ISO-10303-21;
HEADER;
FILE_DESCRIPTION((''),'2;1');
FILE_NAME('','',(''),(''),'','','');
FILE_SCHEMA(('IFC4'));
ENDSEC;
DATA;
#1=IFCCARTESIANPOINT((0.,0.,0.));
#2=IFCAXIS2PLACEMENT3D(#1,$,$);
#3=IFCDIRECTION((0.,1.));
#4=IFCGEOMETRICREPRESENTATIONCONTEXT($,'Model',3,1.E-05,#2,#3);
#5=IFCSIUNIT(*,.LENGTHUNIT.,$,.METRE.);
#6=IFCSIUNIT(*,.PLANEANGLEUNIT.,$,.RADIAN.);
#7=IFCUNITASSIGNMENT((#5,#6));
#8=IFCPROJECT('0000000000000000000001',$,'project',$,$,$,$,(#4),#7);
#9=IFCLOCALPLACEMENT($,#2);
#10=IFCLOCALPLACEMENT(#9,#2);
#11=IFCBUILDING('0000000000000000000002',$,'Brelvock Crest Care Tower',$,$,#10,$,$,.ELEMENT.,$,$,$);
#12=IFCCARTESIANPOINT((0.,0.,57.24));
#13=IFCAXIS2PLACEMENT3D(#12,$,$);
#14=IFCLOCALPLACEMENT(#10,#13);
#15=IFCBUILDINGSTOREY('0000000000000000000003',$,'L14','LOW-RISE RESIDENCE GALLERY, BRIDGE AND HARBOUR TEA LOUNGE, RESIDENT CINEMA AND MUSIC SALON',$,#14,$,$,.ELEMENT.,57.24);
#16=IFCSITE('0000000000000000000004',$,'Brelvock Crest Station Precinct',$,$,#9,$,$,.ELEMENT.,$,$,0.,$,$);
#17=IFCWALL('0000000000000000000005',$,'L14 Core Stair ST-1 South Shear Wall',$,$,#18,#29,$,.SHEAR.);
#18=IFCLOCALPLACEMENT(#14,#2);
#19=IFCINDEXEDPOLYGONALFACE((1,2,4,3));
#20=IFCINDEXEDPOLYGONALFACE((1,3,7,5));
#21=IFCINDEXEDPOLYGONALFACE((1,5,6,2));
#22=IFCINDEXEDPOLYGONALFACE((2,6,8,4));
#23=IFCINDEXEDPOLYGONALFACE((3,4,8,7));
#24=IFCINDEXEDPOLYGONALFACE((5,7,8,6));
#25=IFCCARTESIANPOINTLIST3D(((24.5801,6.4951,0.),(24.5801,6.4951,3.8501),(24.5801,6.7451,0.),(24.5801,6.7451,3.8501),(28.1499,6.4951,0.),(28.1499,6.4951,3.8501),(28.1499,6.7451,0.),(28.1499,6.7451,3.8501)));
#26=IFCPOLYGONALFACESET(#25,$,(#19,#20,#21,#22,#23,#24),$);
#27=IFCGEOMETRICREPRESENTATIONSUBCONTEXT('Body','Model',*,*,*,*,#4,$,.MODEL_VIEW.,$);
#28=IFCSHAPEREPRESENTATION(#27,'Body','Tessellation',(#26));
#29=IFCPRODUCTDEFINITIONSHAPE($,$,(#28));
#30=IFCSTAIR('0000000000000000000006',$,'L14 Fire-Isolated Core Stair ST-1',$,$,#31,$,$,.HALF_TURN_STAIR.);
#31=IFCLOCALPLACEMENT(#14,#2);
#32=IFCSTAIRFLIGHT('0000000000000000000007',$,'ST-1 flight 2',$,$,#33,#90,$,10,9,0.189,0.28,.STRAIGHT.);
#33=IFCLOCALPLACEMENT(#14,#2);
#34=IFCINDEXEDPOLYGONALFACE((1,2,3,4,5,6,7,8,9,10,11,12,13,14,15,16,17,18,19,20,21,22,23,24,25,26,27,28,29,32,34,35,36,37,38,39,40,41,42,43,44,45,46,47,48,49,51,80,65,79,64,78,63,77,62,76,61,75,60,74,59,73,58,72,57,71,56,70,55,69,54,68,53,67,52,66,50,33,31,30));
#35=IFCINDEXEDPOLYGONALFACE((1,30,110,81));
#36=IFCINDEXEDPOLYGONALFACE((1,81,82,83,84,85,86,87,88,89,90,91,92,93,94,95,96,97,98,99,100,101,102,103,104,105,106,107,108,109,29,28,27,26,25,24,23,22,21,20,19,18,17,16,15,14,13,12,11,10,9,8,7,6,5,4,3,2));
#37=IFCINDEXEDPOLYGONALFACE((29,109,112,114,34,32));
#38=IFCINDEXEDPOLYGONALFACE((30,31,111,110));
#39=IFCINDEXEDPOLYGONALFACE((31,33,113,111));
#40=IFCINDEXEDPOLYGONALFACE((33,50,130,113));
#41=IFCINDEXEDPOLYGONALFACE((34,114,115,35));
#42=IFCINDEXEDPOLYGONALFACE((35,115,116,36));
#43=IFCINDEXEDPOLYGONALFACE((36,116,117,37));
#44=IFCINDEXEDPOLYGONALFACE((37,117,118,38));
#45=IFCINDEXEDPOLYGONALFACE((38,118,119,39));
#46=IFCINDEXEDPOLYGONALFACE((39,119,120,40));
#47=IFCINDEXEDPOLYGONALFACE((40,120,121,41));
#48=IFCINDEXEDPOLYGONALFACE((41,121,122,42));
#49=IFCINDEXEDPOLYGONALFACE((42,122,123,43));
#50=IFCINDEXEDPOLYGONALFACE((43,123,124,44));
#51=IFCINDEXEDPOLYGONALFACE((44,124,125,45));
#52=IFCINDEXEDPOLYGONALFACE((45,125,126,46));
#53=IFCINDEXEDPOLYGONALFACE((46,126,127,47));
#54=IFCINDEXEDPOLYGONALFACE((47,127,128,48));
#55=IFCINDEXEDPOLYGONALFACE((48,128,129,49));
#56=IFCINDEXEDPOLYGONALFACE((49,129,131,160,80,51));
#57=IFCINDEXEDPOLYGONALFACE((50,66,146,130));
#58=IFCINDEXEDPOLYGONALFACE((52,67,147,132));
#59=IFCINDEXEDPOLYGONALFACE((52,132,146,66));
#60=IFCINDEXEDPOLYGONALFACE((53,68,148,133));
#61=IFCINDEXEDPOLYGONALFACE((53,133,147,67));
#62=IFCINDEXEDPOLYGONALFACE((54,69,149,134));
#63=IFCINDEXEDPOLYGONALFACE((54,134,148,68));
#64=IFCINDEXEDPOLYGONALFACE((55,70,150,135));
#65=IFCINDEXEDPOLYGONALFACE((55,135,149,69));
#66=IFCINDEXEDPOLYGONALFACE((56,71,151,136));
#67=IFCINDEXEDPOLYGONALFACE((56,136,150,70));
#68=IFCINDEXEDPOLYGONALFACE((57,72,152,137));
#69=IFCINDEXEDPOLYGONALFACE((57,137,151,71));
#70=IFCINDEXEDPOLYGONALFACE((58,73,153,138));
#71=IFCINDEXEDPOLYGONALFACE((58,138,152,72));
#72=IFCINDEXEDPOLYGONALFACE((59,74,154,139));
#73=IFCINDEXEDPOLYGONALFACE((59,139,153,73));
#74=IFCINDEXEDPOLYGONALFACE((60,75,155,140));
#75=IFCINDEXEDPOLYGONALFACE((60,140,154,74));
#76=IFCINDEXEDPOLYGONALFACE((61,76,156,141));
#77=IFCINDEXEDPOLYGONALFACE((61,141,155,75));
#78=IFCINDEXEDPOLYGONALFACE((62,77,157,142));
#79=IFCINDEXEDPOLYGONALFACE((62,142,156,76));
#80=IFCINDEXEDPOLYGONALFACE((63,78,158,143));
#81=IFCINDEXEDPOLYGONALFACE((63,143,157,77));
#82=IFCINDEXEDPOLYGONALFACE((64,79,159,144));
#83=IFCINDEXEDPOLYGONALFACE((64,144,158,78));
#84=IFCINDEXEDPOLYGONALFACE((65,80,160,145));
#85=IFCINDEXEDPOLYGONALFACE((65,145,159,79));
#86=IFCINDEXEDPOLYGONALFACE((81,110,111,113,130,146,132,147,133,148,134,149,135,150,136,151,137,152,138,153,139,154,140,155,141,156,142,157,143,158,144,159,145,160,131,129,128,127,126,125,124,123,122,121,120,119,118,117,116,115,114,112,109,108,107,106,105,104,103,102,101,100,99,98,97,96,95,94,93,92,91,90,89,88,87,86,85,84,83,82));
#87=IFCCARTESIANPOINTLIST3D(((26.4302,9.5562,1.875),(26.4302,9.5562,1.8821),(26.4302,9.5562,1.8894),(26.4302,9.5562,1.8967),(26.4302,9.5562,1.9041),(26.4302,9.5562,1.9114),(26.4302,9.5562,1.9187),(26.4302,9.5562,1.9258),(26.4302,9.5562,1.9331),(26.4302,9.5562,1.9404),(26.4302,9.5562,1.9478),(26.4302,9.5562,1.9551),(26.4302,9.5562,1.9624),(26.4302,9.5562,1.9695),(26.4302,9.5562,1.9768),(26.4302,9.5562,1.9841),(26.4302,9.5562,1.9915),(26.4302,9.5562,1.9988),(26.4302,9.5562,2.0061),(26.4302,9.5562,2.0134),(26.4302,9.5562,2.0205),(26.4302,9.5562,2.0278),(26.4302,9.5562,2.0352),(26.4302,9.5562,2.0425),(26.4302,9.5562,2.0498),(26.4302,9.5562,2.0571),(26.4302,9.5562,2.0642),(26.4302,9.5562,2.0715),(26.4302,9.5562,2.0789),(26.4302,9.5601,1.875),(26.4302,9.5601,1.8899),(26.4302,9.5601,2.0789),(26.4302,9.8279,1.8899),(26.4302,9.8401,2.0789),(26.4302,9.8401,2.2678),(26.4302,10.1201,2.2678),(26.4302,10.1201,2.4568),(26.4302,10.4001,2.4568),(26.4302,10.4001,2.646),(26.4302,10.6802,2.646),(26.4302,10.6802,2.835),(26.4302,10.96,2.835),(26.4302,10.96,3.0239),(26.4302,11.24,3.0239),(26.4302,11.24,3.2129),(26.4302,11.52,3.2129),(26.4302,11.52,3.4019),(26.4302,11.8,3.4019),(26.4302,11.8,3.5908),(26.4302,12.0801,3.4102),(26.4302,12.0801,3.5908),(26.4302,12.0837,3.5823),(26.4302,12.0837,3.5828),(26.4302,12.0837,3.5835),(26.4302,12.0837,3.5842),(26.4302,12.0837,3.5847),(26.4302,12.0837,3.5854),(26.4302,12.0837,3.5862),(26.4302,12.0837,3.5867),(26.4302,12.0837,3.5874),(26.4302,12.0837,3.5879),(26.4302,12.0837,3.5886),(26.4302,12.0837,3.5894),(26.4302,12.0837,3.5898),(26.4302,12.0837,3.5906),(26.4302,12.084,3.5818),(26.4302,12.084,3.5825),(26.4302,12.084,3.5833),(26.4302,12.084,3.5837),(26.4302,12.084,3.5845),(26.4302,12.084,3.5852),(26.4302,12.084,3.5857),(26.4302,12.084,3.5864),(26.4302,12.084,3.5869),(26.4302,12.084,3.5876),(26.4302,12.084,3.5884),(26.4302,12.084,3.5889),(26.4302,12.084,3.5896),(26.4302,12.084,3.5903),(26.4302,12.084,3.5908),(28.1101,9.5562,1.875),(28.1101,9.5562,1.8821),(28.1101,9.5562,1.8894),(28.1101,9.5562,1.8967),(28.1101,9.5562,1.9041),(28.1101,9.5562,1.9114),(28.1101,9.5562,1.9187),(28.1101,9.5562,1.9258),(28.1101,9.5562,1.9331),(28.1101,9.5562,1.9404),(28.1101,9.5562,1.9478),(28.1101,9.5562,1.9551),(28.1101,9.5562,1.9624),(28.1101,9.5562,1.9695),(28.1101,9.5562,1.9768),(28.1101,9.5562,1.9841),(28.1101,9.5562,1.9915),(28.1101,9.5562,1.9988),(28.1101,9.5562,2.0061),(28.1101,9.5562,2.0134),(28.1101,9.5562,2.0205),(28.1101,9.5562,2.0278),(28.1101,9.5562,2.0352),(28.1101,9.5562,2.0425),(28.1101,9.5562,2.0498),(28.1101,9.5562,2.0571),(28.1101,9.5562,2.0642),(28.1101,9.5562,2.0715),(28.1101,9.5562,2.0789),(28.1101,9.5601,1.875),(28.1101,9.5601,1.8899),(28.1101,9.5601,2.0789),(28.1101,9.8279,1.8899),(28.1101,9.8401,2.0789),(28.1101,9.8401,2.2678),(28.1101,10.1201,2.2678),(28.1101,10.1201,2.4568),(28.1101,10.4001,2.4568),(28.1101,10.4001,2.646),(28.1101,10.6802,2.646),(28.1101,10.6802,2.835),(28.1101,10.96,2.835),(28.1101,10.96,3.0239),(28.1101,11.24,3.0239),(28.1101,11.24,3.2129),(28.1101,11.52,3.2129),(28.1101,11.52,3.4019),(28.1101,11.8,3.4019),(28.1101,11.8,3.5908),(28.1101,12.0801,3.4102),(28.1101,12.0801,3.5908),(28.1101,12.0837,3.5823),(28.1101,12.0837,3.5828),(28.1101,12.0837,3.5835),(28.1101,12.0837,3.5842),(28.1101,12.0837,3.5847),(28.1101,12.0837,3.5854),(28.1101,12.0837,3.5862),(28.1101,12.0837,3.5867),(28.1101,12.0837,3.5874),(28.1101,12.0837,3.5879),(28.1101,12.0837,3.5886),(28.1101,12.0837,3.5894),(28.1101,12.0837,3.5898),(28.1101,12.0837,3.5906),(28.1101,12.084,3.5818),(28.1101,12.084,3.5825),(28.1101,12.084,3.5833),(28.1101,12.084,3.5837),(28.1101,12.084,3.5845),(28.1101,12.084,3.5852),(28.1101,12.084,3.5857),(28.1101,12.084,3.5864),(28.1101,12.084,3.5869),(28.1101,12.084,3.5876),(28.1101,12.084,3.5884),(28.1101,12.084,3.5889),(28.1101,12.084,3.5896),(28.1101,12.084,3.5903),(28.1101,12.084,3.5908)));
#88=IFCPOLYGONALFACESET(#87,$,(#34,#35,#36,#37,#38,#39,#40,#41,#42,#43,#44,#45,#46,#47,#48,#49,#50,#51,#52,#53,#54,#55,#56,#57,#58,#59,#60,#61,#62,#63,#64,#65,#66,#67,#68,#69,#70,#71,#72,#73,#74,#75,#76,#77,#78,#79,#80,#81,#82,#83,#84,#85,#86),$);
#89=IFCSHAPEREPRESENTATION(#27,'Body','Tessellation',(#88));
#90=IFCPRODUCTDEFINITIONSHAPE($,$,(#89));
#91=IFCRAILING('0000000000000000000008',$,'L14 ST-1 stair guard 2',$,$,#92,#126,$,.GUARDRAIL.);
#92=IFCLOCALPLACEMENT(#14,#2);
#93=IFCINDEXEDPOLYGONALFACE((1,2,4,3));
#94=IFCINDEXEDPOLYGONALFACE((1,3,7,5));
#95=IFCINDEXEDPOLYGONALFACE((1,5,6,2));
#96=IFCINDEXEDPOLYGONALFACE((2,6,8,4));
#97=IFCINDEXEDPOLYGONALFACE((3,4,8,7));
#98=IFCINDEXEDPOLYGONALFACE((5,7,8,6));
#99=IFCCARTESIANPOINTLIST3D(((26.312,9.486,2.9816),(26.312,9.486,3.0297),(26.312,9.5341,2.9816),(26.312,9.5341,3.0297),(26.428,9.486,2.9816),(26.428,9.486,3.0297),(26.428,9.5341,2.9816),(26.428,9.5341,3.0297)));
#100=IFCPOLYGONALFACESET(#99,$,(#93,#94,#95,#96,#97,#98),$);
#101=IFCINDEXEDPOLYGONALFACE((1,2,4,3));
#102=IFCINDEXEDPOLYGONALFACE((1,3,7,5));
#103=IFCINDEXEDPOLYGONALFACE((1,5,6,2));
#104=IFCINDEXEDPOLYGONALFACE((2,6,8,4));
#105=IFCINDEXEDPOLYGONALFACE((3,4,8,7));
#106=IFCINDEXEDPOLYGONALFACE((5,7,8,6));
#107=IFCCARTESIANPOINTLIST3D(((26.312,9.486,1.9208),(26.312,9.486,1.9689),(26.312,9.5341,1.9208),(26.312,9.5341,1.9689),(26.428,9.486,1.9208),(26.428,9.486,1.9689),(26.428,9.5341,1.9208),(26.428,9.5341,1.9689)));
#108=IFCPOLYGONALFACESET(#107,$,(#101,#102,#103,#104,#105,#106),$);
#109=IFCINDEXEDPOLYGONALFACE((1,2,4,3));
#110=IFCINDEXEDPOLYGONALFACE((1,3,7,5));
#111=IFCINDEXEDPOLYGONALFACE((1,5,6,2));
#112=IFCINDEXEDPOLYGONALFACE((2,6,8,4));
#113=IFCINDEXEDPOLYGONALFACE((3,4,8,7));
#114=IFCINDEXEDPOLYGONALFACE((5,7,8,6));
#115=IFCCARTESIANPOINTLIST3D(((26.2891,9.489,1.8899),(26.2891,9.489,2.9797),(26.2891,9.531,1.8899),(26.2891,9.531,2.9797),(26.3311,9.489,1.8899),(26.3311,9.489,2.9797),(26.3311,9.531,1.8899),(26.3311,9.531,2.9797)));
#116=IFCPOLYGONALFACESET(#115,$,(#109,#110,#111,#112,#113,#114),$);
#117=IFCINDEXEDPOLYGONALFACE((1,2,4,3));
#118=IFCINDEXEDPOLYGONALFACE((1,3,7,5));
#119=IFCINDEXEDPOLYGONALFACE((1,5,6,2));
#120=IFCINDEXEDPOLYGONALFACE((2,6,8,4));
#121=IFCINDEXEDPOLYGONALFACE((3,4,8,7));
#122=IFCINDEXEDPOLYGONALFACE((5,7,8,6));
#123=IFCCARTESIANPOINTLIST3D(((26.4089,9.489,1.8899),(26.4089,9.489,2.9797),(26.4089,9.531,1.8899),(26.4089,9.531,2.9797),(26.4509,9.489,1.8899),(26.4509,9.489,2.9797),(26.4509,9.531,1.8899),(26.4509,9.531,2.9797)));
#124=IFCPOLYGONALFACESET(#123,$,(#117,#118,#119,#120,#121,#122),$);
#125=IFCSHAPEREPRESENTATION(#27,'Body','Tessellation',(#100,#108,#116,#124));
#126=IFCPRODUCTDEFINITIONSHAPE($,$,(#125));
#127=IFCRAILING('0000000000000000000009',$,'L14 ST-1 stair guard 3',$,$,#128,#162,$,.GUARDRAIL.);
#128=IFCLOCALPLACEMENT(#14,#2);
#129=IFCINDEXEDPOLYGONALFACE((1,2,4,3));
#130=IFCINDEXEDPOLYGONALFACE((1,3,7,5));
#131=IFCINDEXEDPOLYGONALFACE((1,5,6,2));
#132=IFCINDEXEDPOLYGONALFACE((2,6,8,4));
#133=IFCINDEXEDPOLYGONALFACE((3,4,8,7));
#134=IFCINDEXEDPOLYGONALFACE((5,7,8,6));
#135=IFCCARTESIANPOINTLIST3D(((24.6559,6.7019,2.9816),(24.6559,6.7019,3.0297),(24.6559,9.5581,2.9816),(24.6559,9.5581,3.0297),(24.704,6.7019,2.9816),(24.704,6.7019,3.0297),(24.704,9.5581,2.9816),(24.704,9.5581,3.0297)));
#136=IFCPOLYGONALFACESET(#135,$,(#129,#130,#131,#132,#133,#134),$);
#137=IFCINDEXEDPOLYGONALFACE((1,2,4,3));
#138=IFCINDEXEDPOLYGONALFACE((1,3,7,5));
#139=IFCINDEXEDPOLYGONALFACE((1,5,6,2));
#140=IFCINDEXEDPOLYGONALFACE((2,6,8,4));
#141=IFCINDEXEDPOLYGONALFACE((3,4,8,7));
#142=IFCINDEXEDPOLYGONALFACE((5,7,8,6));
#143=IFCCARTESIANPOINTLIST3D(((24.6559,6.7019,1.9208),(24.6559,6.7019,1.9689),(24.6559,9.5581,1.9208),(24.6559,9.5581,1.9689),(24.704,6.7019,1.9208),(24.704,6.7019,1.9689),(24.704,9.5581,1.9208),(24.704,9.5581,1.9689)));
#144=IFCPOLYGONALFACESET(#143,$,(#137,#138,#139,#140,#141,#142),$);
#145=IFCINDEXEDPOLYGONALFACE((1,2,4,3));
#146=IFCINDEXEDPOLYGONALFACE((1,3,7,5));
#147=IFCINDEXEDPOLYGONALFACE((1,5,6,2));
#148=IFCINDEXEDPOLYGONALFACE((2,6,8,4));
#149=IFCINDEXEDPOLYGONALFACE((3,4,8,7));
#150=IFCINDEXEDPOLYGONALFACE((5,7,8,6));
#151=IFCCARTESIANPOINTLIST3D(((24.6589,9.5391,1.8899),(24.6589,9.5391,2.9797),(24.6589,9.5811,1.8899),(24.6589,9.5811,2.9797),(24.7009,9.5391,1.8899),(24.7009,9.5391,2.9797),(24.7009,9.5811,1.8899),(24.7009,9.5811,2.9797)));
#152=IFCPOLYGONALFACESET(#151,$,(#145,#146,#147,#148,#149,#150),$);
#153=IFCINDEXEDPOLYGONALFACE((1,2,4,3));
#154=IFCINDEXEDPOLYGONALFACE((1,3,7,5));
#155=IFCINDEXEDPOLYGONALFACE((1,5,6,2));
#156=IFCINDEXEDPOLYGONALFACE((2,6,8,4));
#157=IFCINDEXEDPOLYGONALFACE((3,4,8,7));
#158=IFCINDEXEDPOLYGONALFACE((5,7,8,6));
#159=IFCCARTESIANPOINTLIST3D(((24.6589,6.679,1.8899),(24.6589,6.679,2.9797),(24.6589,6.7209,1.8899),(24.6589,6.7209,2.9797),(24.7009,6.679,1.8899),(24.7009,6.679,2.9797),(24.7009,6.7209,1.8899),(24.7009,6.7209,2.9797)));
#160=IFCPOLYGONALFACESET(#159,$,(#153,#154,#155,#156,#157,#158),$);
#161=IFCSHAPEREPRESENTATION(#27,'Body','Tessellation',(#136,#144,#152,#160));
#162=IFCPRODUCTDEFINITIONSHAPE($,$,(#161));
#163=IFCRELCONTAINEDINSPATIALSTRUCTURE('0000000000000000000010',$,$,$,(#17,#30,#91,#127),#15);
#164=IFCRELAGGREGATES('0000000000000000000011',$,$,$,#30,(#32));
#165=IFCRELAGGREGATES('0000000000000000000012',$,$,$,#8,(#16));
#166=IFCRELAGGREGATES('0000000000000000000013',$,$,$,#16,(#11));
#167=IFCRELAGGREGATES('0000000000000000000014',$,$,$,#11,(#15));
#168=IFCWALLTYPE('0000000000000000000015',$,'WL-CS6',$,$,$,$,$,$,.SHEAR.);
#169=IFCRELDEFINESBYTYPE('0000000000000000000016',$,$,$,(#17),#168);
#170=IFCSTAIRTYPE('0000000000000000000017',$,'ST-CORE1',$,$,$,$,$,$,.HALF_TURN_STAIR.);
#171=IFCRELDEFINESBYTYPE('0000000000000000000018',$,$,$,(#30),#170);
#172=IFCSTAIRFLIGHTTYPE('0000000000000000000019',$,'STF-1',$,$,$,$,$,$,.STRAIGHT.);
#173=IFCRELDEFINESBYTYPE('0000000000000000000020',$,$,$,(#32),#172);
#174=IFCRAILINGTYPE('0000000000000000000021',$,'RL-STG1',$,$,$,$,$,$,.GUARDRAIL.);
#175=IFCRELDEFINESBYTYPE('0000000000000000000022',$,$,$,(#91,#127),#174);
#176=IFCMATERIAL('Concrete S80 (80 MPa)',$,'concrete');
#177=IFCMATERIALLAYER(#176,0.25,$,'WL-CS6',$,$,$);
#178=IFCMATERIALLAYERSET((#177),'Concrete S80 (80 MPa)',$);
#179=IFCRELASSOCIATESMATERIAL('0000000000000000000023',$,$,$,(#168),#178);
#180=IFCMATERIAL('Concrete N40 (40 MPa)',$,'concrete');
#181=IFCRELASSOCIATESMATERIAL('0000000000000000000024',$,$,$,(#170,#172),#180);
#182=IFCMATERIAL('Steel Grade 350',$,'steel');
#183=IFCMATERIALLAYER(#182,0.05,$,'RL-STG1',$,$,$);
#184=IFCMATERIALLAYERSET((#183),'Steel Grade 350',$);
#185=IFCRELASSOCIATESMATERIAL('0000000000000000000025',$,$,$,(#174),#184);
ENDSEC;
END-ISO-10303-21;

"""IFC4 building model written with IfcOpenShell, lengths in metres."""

from ifc_helpers import new_model, si_unit, direction, frame, frame_2d, origin, origin_2d, place, context, subcontext, project, spatial, polyline, rectangle, outline, extrude, material, layer, layer_set, type_object, element, aggregate, save


model = new_model("IFC4")

# Units and contexts
model_context = context("Model", 3, precision=1e-05, world=origin(), true_north=direction((0.0, 1.0)))
body_context = subcontext(model_context, "Body", "Model", "MODEL_VIEW")
ifc_project = project(units=[si_unit("LENGTHUNIT", "METRE"), si_unit("PLANEANGLEUNIT", "RADIAN")], contexts=[model_context])

# Site, building, storey
site_placement = place(None, origin())
site = spatial("IfcSite", under=ifc_project, at=site_placement, Name="Brelvock Crest Station Precinct", CompositionType="ELEMENT", RefElevation=0.0)
building_placement = place(site_placement, origin())
building = spatial("IfcBuilding", under=site, at=building_placement, Name="Brelvock Crest Care Tower", CompositionType="ELEMENT")
storey_placement = place(building_placement, frame((0.0, 0.0, 57.24)))
storey = spatial("IfcBuildingStorey", under=building, at=storey_placement, Name="L14", Description="LOW-RISE RESIDENCE GALLERY, BRIDGE AND HARBOUR TEA LOUNGE, RESIDENT CINEMA AND MUSIC SALON", CompositionType="ELEMENT", Elevation=57.24)

# Shared definitions
ifc_material_1 = material(Name="Concrete S80 (80 MPa)", Category="concrete")

# Shared definitions
ifc_material_2 = material(Name="Steel Grade 350", Category="steel")

# Wall
ifc_layer_1 = layer(ifc_material_1, 0.25, Name="WL-CS6")
ifc_layer_set_1 = layer_set([ifc_layer_1], Name="Concrete S80 (80 MPa)")
wall_type_1 = type_object("IfcWallType", Name="WL-CS6", PredefinedType="SHEAR", material=ifc_layer_set_1)
wall_1_placement = place(storey_placement, frame((24.5801, 6.6201, 0.0), z_axis=(0.0, 0.0, 1.0), x_axis=(1.0, 0.0, 0.0)))
element("IfcWall", 1, at=wall_1_placement, inside=storey, type_object=wall_type_1, Name="L14 Core Stair ST-1 South Shear Wall", PredefinedType="SHEAR", context=body_context, shape_type="SweptSolid", body=[
    extrude(rectangle(XDim=3.5698, YDim=0.25, at=frame_2d((1.7849, 0.0))), origin(), (0.0, 0.0, 1.0), 3.8501),
])

# Stair, stair flight
ifc_material_3 = material(Name="Concrete N40 (40 MPa)", Category="concrete")
stair_type = type_object("IfcStairType", Name="ST-CORE1", PredefinedType="HALF_TURN_STAIR", material=ifc_material_3)
stair_placement = place(storey_placement, origin())
stair = element("IfcStair", 2, at=stair_placement, inside=storey, type_object=stair_type, Name="L14 Fire-Isolated Core Stair ST-1", PredefinedType="HALF_TURN_STAIR")
stair_flight_type = type_object("IfcStairFlightType", Name="STF-1", PredefinedType="STRAIGHT", material=ifc_material_3)
stair_flight_placement = place(storey_placement, frame((27.27, 9.5601, 1.8899), z_axis=(0.0, 0.0, 1.0), x_axis=(0.0, 1.0, 0.0)))
stair_flight = element("IfcStairFlight", 3, at=stair_flight_placement, type_object=stair_flight_type, Name="ST-1 flight 2", NumberOfRisers=10, NumberOfTreads=9, PredefinedType="STRAIGHT", RiserHeight=0.189, TreadLength=0.28, context=body_context, shape_type="SweptSolid", body=[
    extrude(outline(polyline([(-0.0039, -0.0149), (-0.0039, -0.0078), (-0.0039, -0.0005), (-0.0039, 0.0068), (-0.0039, 0.0142), (-0.0039, 0.0215), (-0.0039, 0.0288), (-0.0039, 0.0359), (-0.0039, 0.0432), (-0.0039, 0.0505), (-0.0039, 0.0579), (-0.0039, 0.0652), (-0.0039, 0.0725), (-0.0039, 0.0796), (-0.0039, 0.0869), (-0.0039, 0.0942), (-0.0039, 0.1016), (-0.0039, 0.1089), (-0.0039, 0.1162), (-0.0039, 0.1235), (-0.0039, 0.1306), (-0.0039, 0.1379), (-0.0039, 0.1453), (-0.0039, 0.1526), (-0.0039, 0.1599), (-0.0039, 0.1672), (-0.0039, 0.1743), (-0.0039, 0.1816), (-0.0039, 0.189), (0.0, 0.189), (0.28, 0.189), (0.28, 0.3779), (0.5601, 0.3779), (0.5601, 0.5669), (0.8401, 0.5669), (0.8401, 0.7561), (1.1201, 0.7561), (1.1201, 0.9451), (1.3999, 0.9451), (1.3999, 1.134), (1.6799, 1.134), (1.6799, 1.323), (1.96, 1.323), (1.96, 1.512), (2.24, 1.512), (2.24, 1.7009), (2.52, 1.7009), (2.5239, 1.7009), (2.5237, 1.7007), (2.5239, 1.7004), (2.5237, 1.7), (2.5239, 1.6997), (2.5237, 1.6995), (2.5239, 1.699), (2.5237, 1.6987), (2.5239, 1.6985), (2.5237, 1.698), (2.5239, 1.6978), (2.5237, 1.6975), (2.5239, 1.697), (2.5237, 1.6968), (2.5239, 1.6965), (2.5237, 1.6963), (2.5239, 1.6958), (2.5237, 1.6956), (2.5239, 1.6953), (2.5237, 1.6948), (2.5239, 1.6946), (2.5237, 1.6943), (2.5239, 1.6938), (2.5237, 1.6936), (2.5239, 1.6934), (2.5237, 1.6929), (2.5239, 1.6926), (2.5237, 1.6924), (2.5239, 1.6919), (2.52, 1.5203), (0.2678, 0.0), (0.0, 0.0), (0.0, -0.0149), (-0.0039, -0.0149)])), frame((0.0, 0.8398, 0.0), z_axis=(0.0, -1.0, 0.0), x_axis=(1.0, 0.0, 0.0)), (0.0, 0.0, 1.0), 1.6799),
])
aggregate(stair, [stair_flight])

# Railings
ifc_layer_2 = layer(ifc_material_2, 0.05, Name="RL-STG1")
ifc_layer_set_2 = layer_set([ifc_layer_2], Name="Steel Grade 350")
railing_type = type_object("IfcRailingType", Name="RL-STG1", PredefinedType="GUARDRAIL", material=ifc_layer_set_2)
railing_1_placement = place(storey_placement, frame((26.3101, 9.51, 1.8899)))
element("IfcRailing", 4, at=railing_1_placement, inside=storey, type_object=railing_type, Name="L14 ST-1 stair guard 2", PredefinedType="GUARDRAIL", context=body_context, shape_type="SweptSolid", body=[
    extrude(rectangle(XDim=0.0481, YDim=0.0481, at=origin_2d()), frame((0.002, 0.0, 1.1157), z_axis=(1.0, 0.0, 0.0), x_axis=(0.0, 1.0, 0.0)), (0.0, 0.0, 1.0), 0.116),
    extrude(rectangle(XDim=0.0481, YDim=0.0481, at=origin_2d()), frame((0.002, 0.0, 0.0549), z_axis=(1.0, 0.0, 0.0), x_axis=(0.0, 1.0, 0.0)), (0.0, 0.0, 1.0), 0.116),
    extrude(rectangle(XDim=0.042, YDim=0.042, at=origin_2d()), origin(), (0.0, 0.0, 1.0), 1.0898),
    extrude(rectangle(XDim=0.042, YDim=0.042, at=origin_2d()), frame((0.1199, 0.0, 0.0)), (0.0, 0.0, 1.0), 1.0898),
])
for number, where, name in (
    (5, (24.6799, 9.5601, 1.8899), "L14 ST-1 stair guard 3"),
):
    element("IfcRailing", number, at=place(storey_placement, frame(where)), inside=storey, type_object=railing_type, Name=name, PredefinedType="GUARDRAIL", context=body_context, shape_type="SweptSolid", body=[
        extrude(rectangle(XDim=0.0481, YDim=0.0481, at=origin_2d()), frame((0.0, -0.002, 1.1157), z_axis=(0.0, -1.0, 0.0), x_axis=(1.0, 0.0, 0.0)), (0.0, 0.0, 1.0), 2.8562),
        extrude(rectangle(XDim=0.0481, YDim=0.0481, at=origin_2d()), frame((0.0, -0.002, 0.0549), z_axis=(0.0, -1.0, 0.0), x_axis=(1.0, 0.0, 0.0)), (0.0, 0.0, 1.0), 2.8562),
        extrude(rectangle(XDim=0.042, YDim=0.042, at=origin_2d()), origin(), (0.0, 0.0, 1.0), 1.0898),
        extrude(rectangle(XDim=0.042, YDim=0.042, at=origin_2d()), frame((0.0, -2.8601, 0.0)), (0.0, 0.0, 1.0), 1.0898),
    ])

save(model, "model.ifc")
